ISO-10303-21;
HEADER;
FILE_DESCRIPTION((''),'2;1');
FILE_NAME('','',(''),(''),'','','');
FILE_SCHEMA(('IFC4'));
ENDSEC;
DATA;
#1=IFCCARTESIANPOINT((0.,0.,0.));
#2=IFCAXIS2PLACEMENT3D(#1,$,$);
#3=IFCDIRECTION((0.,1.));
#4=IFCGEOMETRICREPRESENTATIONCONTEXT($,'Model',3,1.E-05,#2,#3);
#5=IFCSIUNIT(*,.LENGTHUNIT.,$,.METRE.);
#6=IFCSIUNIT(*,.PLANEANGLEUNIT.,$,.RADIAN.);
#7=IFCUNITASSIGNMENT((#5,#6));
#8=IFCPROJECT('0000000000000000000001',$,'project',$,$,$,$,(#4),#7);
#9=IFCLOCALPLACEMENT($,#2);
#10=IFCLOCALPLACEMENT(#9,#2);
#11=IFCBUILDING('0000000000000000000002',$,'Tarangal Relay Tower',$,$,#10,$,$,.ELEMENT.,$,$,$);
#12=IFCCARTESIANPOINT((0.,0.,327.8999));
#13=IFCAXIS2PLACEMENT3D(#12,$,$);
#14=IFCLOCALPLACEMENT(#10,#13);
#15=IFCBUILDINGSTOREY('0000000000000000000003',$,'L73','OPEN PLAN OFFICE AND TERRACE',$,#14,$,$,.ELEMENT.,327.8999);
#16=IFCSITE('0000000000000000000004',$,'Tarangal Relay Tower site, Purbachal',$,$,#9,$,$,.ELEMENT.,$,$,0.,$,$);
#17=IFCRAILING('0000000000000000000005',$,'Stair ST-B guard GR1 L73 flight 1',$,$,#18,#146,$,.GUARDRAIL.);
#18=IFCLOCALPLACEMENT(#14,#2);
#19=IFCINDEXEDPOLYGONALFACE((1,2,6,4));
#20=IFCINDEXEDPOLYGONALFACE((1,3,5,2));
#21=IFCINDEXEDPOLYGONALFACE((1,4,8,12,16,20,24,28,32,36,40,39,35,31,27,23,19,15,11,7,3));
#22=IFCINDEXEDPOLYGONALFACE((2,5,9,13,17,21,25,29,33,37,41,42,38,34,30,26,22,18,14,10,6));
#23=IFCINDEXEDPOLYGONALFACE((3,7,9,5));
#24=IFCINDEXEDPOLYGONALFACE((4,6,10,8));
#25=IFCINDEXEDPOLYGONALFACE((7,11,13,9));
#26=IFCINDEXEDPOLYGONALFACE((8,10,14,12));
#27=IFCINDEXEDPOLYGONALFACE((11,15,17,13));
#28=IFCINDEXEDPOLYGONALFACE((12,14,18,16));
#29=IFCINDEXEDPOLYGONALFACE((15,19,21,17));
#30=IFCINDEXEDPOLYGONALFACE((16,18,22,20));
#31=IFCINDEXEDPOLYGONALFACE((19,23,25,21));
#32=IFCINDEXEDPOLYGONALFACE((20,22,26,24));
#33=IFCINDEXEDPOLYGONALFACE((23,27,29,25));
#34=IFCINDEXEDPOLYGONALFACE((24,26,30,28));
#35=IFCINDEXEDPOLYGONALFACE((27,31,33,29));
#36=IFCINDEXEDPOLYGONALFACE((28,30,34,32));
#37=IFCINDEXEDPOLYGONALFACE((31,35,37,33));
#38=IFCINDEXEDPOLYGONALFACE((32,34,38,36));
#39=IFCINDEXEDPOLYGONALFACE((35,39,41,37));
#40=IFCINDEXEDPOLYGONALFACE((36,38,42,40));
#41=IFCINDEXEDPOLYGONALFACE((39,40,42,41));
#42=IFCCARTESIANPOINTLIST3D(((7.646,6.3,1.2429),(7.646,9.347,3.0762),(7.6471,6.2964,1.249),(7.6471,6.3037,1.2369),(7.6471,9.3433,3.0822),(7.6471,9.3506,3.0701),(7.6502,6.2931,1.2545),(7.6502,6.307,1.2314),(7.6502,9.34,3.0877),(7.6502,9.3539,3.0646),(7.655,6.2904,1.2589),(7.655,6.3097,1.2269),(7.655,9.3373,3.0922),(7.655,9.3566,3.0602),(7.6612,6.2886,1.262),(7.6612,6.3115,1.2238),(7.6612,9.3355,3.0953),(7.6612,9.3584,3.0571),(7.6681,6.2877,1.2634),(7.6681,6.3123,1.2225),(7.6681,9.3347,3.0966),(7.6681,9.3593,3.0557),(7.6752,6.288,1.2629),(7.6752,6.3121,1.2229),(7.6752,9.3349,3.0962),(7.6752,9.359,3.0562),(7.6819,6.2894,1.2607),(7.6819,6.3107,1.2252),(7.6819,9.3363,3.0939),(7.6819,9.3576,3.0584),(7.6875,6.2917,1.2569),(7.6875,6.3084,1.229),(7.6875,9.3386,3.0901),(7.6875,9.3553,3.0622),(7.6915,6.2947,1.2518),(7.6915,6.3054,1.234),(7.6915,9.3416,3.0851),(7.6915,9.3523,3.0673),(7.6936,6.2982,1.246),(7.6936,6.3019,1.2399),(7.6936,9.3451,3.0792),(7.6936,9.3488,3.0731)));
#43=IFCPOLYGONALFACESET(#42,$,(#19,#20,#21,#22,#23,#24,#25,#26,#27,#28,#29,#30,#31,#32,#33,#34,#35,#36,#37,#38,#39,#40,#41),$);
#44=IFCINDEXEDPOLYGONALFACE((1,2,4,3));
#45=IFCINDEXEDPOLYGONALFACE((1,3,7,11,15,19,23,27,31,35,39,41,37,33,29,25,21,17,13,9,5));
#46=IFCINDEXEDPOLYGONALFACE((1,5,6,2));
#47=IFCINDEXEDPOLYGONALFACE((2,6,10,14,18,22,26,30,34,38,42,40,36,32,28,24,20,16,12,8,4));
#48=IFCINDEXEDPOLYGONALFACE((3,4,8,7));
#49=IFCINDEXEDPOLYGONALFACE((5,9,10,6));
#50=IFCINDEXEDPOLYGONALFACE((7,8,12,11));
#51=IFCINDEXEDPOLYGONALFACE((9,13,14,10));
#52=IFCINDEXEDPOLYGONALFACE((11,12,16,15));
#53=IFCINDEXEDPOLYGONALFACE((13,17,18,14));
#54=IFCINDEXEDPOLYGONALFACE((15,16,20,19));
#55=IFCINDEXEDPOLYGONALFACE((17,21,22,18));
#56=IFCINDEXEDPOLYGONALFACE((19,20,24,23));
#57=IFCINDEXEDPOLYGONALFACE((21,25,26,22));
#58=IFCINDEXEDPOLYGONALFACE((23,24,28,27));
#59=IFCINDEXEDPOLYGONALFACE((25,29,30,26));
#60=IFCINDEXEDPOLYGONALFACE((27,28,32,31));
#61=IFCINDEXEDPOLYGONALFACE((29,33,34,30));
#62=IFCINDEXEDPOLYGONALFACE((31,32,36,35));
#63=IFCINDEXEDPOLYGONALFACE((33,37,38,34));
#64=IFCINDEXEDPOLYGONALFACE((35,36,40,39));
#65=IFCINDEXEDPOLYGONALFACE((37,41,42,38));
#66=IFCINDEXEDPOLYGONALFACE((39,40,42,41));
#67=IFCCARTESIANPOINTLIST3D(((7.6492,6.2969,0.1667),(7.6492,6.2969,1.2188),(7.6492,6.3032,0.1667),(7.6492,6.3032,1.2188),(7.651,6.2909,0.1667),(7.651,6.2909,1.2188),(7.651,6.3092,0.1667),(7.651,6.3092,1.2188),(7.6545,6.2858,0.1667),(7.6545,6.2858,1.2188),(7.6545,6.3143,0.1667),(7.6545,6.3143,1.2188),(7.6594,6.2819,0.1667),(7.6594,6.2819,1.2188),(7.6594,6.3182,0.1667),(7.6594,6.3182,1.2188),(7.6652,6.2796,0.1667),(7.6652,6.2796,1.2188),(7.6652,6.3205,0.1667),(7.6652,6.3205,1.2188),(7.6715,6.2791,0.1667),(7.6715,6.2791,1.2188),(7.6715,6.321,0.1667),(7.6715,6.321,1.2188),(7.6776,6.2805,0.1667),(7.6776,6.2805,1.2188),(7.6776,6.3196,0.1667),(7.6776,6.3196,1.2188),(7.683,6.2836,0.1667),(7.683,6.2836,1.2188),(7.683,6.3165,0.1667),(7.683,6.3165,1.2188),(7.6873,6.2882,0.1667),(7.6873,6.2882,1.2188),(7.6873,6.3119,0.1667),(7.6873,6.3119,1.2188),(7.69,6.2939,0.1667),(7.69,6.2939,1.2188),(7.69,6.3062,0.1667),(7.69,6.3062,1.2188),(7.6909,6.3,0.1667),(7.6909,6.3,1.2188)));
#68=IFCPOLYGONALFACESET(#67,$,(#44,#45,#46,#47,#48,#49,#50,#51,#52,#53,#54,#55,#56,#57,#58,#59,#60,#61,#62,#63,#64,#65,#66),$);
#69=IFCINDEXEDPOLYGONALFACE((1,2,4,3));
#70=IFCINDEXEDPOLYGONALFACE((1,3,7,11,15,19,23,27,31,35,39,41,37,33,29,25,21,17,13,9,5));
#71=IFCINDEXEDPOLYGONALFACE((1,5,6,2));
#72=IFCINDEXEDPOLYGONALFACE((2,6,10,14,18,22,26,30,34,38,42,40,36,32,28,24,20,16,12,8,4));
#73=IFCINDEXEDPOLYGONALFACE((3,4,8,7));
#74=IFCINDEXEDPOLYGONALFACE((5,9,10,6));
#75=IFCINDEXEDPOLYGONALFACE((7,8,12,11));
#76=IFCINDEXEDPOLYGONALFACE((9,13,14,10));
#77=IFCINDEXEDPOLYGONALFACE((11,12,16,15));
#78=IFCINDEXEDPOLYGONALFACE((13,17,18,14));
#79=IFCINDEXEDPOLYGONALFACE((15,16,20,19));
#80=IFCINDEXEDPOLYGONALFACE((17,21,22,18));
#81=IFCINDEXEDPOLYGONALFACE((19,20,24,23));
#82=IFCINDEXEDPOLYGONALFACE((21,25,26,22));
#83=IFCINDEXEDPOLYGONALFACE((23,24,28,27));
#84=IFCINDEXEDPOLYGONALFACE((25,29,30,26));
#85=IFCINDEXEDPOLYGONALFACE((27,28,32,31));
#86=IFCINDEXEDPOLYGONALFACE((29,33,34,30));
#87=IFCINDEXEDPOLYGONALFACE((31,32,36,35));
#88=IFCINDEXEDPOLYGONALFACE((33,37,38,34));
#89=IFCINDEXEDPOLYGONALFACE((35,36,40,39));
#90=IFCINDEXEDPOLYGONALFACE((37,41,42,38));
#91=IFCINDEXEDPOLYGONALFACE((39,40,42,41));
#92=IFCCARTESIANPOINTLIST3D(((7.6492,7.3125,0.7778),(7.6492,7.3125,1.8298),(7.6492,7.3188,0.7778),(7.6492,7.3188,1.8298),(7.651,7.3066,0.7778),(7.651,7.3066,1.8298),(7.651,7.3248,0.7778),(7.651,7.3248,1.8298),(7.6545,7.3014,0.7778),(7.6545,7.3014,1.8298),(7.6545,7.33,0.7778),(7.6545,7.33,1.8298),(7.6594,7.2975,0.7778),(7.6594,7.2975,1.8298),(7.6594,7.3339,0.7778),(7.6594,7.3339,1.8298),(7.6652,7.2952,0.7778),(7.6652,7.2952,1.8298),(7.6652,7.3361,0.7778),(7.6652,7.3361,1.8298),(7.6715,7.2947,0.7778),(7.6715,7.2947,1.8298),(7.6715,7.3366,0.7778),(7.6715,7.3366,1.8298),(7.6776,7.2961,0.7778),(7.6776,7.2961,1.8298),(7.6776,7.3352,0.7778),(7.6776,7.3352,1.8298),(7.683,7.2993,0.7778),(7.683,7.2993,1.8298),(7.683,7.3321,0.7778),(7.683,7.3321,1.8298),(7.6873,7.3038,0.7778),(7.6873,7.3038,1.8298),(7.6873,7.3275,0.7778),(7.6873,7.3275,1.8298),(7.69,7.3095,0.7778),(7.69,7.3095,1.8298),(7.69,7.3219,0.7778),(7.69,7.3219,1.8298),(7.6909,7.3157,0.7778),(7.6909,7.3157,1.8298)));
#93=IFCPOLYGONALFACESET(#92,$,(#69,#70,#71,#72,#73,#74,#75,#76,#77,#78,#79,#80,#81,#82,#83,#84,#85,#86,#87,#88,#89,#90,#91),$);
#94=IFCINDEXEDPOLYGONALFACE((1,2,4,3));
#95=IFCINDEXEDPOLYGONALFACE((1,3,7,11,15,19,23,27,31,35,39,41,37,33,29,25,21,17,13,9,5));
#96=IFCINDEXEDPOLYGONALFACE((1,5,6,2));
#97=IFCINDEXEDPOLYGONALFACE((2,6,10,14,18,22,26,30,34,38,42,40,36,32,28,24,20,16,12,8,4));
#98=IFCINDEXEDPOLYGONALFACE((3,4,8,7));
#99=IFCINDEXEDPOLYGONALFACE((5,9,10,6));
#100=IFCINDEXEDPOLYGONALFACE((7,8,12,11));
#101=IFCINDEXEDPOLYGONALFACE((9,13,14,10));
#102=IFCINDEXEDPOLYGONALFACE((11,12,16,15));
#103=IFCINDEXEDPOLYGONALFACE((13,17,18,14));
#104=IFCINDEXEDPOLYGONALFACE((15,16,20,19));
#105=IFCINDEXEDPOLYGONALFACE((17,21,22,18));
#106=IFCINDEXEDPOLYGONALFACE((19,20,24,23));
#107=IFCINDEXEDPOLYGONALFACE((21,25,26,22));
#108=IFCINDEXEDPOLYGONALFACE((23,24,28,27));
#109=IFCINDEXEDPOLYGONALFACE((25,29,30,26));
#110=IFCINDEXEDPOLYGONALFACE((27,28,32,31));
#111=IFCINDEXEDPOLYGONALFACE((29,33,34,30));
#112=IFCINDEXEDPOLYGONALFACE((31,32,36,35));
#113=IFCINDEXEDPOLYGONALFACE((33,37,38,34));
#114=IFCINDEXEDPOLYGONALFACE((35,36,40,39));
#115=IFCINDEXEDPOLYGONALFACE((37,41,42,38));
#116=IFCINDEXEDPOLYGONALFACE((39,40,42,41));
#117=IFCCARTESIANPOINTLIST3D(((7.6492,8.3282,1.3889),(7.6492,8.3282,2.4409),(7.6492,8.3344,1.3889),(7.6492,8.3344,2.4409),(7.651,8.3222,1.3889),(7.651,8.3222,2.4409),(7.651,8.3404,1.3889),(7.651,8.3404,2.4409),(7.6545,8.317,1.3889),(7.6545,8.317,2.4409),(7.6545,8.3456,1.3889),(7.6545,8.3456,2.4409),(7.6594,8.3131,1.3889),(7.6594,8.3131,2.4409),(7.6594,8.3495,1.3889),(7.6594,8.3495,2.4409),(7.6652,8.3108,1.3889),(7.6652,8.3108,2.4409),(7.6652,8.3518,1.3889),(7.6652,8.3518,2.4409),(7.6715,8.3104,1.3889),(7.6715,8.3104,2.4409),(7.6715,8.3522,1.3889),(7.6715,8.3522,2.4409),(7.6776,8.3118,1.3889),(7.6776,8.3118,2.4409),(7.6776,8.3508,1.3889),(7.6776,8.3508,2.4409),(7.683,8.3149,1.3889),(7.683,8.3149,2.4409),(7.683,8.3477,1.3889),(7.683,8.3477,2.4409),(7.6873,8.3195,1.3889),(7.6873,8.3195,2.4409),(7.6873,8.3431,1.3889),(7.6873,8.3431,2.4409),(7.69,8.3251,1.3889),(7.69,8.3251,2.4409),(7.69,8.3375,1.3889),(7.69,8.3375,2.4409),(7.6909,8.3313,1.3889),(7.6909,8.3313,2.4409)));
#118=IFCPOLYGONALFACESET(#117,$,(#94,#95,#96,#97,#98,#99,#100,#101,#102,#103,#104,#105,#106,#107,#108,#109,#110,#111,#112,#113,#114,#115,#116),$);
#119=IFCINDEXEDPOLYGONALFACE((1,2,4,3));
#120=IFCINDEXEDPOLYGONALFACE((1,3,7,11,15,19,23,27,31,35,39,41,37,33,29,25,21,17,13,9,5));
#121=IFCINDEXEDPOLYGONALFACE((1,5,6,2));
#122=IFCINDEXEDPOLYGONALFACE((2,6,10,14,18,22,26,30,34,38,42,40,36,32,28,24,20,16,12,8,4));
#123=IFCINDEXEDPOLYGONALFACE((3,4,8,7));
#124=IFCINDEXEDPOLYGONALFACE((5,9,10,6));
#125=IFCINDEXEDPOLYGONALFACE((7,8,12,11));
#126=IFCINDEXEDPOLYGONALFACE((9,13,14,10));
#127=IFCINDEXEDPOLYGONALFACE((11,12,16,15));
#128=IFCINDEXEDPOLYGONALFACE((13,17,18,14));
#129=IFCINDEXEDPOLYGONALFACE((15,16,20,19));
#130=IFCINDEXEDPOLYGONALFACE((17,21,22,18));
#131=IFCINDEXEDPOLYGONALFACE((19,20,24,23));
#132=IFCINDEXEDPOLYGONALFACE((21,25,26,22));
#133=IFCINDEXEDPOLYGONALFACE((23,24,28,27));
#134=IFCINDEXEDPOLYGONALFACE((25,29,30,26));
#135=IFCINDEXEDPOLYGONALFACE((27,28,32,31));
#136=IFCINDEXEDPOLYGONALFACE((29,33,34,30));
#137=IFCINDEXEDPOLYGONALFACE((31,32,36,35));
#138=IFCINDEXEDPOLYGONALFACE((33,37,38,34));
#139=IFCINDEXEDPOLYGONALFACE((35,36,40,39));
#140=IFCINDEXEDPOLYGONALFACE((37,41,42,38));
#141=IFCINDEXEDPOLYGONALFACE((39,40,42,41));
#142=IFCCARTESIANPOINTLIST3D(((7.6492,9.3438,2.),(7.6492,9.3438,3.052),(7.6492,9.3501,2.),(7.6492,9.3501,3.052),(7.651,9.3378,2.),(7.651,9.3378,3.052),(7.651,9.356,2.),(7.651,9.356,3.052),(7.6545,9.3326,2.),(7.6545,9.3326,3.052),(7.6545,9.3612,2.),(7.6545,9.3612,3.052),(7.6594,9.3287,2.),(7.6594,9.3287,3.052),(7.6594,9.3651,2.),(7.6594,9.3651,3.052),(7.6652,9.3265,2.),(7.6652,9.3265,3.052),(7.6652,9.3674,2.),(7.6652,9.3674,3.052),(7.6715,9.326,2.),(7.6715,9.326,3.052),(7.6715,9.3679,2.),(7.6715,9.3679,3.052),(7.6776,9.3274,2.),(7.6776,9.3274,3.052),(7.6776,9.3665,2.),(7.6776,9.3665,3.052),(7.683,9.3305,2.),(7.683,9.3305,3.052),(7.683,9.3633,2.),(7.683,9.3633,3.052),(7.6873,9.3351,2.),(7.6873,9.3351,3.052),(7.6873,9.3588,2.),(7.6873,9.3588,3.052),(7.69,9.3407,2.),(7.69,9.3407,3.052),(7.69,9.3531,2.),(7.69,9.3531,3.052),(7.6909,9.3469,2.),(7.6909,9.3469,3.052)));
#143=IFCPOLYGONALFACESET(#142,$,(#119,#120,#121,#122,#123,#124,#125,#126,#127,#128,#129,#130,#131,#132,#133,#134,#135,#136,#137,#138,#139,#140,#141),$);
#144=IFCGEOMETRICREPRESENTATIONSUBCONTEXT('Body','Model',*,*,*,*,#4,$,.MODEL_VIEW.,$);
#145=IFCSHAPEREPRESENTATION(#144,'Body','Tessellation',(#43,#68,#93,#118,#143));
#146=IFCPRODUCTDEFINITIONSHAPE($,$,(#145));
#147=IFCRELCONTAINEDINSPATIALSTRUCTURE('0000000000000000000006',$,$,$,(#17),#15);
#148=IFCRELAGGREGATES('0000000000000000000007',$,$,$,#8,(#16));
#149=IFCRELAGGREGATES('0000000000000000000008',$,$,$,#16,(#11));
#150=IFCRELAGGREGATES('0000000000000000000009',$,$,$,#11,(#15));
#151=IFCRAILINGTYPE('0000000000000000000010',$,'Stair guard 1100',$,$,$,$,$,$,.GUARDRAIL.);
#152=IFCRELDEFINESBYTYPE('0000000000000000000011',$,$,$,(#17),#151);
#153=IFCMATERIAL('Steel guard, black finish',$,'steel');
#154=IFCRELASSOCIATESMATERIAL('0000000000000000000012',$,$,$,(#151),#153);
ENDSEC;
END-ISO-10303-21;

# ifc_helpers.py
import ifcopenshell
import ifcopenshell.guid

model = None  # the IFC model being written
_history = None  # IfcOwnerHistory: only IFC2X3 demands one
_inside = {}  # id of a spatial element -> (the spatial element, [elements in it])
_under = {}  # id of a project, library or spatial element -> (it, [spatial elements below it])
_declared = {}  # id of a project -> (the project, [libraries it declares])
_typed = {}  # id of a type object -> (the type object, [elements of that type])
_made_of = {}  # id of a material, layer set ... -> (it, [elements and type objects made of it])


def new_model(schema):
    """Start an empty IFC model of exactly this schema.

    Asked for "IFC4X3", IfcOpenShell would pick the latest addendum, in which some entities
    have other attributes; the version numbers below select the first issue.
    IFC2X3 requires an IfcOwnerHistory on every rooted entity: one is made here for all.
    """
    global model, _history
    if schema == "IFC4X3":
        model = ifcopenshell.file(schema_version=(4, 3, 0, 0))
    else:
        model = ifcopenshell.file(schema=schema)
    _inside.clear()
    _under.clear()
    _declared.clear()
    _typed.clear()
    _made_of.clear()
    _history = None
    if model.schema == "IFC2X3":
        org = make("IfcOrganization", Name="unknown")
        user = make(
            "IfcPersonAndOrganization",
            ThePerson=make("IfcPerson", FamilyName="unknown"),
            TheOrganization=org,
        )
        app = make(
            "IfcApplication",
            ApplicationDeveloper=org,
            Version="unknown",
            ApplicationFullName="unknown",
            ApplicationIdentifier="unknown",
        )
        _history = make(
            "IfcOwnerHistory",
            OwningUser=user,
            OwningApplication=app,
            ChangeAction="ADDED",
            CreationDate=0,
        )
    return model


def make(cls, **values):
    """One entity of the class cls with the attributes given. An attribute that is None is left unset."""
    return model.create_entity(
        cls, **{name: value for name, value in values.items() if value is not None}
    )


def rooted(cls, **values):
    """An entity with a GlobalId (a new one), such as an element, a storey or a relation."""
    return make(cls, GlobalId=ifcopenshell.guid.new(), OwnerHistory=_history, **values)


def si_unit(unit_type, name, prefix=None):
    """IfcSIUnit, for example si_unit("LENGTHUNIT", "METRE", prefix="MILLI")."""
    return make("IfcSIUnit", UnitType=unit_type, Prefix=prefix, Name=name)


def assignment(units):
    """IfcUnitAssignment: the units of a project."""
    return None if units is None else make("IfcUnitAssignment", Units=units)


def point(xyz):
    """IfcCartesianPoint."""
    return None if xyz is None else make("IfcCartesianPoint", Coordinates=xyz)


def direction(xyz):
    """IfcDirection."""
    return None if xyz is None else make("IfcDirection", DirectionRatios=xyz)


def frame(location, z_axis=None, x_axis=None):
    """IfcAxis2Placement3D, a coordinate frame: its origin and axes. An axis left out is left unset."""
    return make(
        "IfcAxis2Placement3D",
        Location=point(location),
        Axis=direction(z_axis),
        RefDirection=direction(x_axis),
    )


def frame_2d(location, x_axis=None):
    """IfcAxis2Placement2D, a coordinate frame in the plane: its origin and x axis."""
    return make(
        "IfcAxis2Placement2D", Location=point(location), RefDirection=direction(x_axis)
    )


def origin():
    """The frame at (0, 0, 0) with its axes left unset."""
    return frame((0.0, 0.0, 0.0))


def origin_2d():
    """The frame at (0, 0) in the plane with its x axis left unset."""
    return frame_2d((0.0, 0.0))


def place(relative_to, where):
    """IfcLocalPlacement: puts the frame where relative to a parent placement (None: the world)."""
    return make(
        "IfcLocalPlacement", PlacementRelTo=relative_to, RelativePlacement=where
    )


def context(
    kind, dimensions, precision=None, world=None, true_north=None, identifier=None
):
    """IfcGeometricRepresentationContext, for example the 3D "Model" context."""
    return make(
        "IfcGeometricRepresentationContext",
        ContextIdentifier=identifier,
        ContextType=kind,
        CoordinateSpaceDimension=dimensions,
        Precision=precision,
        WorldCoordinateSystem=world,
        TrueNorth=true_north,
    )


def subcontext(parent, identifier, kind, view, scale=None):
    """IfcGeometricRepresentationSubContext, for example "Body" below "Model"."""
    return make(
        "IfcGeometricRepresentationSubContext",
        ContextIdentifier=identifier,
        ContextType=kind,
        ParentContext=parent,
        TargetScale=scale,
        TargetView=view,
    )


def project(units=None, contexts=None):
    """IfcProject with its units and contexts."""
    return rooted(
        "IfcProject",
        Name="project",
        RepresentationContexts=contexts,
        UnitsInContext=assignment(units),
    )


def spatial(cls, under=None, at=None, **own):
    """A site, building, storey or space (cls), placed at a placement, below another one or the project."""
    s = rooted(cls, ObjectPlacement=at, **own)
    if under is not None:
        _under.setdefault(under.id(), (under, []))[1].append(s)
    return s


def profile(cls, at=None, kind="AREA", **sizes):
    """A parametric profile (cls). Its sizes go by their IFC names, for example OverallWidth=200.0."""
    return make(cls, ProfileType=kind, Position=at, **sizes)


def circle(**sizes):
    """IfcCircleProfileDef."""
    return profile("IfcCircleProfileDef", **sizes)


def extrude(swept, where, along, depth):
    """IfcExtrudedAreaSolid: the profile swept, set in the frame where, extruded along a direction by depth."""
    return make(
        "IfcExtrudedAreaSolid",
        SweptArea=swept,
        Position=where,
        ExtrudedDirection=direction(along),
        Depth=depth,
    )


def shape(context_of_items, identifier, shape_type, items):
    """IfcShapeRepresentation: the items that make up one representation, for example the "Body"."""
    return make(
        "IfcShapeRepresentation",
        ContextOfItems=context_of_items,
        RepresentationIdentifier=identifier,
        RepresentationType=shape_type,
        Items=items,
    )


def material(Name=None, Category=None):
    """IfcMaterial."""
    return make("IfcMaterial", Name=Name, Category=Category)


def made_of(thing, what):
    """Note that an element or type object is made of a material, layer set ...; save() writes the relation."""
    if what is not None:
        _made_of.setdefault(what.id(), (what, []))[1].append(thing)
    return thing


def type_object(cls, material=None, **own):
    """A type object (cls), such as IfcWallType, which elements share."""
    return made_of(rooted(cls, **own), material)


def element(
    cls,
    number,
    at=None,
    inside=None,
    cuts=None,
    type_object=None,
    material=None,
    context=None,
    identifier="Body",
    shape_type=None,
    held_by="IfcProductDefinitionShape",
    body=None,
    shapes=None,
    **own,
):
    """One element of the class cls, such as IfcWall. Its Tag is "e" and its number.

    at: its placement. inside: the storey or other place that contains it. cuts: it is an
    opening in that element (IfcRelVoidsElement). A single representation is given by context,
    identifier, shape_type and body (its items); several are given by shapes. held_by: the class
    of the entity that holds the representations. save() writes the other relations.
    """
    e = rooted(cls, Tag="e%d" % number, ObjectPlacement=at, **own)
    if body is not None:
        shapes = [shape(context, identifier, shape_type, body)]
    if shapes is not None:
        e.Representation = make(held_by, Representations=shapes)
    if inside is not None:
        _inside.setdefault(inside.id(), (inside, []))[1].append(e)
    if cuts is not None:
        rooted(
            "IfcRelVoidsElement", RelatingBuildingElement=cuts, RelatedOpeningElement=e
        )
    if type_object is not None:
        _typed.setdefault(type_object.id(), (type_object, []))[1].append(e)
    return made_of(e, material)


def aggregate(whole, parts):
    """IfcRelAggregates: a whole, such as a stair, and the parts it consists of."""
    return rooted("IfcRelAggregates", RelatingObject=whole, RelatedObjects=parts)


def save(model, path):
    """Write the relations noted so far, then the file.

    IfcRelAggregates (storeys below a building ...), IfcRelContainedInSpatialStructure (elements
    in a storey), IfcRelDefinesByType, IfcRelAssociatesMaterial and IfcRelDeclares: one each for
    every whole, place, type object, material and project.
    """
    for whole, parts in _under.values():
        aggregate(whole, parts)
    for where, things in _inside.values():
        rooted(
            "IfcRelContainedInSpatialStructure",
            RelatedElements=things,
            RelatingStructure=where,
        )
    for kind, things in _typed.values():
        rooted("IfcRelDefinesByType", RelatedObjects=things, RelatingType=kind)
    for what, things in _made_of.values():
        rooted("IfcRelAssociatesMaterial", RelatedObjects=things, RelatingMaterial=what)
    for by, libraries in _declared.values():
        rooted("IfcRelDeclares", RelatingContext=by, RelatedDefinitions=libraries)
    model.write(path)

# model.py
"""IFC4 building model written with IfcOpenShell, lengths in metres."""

from ifc_helpers import new_model, si_unit, direction, frame, origin, origin_2d, place, context, subcontext, project, spatial, circle, extrude, material, type_object, element, save


model = new_model("IFC4")

# Units and contexts
model_context = context("Model", 3, precision=1e-05, world=origin(), true_north=direction((0.0, 1.0)))
body_context = subcontext(model_context, "Body", "Model", "MODEL_VIEW")
ifc_project = project(units=[si_unit("LENGTHUNIT", "METRE"), si_unit("PLANEANGLEUNIT", "RADIAN")], contexts=[model_context])

# Site, building, storey
site_placement = place(None, origin())
site = spatial("IfcSite", under=ifc_project, at=site_placement, Name="Tarangal Relay Tower site, Purbachal", CompositionType="ELEMENT", RefElevation=0.0)
building_placement = place(site_placement, origin())
building = spatial("IfcBuilding", under=site, at=building_placement, Name="Tarangal Relay Tower", CompositionType="ELEMENT")
storey_placement = place(building_placement, frame((0.0, 0.0, 327.8999)))
storey = spatial("IfcBuildingStorey", under=building, at=storey_placement, Name="L73", Description="OPEN PLAN OFFICE AND TERRACE", CompositionType="ELEMENT", Elevation=327.8999)

# Railing
ifc_material_1 = material(Name="Steel guard, black finish", Category="steel")
railing_type_1 = type_object("IfcRailingType", Name="Stair guard 1100", PredefinedType="GUARDRAIL", material=ifc_material_1)
railing_1_placement = place(storey_placement, frame((7.6699, 6.3, 0.1667)))
element("IfcRailing", 1, at=railing_1_placement, inside=storey, type_object=railing_type_1, Name="Stair ST-B guard GR1 L73 flight 1", PredefinedType="GUARDRAIL", context=body_context, shape_type="SweptSolid", body=[
    extrude(circle(Radius=0.0239, at=origin_2d()), frame((0.0, 0.0, 1.0762), z_axis=(0.0, 0.856856, 0.515556), x_axis=(-1.0, 0.0, 0.0)), (0.0, 0.0, 1.0), 3.5559),
    extrude(circle(Radius=0.021, at=origin_2d()), origin(), (0.0, 0.0, 1.0), 1.052),
    extrude(circle(Radius=0.021, at=origin_2d()), frame((0.0, 1.0156, 0.6111)), (0.0, 0.0, 1.0), 1.052),
    extrude(circle(Radius=0.021, at=origin_2d()), frame((0.0, 2.0312, 1.2222)), (0.0, 0.0, 1.0), 1.052),
    extrude(circle(Radius=0.021, at=origin_2d()), frame((0.0, 3.0469, 1.8333)), (0.0, 0.0, 1.0), 1.052),
])

save(model, "model.ifc")
